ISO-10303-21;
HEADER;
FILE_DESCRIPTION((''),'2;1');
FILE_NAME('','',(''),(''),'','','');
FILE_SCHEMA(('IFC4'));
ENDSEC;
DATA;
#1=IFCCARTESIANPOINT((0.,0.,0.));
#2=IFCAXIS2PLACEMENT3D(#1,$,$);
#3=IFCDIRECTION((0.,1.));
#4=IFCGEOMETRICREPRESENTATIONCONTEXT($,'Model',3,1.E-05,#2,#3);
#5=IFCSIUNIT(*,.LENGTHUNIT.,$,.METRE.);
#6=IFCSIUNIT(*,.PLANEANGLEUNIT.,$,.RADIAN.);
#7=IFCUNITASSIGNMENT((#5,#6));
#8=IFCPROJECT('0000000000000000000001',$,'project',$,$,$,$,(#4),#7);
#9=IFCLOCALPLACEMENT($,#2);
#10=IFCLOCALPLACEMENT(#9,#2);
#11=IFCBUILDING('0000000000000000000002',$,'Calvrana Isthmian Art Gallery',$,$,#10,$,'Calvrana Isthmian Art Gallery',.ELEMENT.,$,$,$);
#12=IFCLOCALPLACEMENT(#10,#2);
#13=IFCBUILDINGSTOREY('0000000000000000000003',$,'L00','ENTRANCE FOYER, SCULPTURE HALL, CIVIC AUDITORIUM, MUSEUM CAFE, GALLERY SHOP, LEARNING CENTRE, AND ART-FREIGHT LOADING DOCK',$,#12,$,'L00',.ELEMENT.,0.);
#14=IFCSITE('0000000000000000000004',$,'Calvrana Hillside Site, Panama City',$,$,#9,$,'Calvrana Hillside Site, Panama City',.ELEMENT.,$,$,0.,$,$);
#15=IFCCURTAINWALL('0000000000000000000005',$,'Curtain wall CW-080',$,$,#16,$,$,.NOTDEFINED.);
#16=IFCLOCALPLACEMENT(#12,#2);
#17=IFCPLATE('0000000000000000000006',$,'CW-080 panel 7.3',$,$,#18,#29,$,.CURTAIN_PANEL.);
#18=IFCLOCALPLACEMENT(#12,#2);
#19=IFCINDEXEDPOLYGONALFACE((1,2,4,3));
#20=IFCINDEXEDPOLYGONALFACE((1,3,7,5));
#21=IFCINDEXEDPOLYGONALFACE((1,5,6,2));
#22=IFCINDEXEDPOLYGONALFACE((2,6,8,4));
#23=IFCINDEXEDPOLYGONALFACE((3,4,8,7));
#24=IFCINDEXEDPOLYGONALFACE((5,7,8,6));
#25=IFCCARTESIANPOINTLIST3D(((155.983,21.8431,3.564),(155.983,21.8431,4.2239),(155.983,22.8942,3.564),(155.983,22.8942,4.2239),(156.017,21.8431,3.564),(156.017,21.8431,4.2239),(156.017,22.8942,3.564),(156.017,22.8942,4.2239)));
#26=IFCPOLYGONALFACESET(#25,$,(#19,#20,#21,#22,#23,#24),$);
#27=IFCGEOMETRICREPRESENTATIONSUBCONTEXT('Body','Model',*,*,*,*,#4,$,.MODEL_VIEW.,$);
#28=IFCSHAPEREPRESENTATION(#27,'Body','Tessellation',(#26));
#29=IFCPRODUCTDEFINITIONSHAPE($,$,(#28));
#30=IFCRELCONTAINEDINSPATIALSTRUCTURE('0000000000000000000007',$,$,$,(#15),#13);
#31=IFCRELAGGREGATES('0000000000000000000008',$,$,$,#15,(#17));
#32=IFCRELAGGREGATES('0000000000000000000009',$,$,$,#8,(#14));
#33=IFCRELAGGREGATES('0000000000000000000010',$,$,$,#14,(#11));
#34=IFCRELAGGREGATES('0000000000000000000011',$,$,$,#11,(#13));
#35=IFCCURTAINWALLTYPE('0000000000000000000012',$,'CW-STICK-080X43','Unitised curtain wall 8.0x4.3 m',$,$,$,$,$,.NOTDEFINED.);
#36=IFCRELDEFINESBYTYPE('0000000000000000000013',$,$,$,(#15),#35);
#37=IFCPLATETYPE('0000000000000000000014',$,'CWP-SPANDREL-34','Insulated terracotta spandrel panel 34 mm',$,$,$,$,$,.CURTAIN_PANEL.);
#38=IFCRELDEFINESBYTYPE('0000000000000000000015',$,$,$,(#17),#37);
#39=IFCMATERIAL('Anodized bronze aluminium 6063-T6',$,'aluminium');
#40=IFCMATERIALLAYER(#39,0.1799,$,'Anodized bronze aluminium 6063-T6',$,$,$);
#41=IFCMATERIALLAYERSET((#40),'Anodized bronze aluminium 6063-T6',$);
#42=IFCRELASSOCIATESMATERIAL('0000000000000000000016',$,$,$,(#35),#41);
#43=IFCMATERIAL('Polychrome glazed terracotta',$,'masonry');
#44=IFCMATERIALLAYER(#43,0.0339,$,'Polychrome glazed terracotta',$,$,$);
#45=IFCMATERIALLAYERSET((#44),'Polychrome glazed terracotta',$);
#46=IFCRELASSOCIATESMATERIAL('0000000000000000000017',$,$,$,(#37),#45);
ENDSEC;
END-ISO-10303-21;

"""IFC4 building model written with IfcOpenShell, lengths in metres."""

from ifc_helpers import new_model, si_unit, direction, frame, origin, origin_2d, place, context, subcontext, project, spatial, rectangle, extrude, material, layer, layer_set, type_object, element, aggregate, save


model = new_model("IFC4")

# Units and contexts
model_context = context("Model", 3, precision=1e-05, world=origin(), true_north=direction((0.0, 1.0)))
body_context = subcontext(model_context, "Body", "Model", "MODEL_VIEW")
ifc_project = project(units=[si_unit("LENGTHUNIT", "METRE"), si_unit("PLANEANGLEUNIT", "RADIAN")], contexts=[model_context])

# Site, building, storey
site_placement = place(None, origin())
site = spatial("IfcSite", under=ifc_project, at=site_placement, Name="Calvrana Hillside Site, Panama City", LongName="Calvrana Hillside Site, Panama City", CompositionType="ELEMENT", RefElevation=0.0)
building_placement = place(site_placement, origin())
building = spatial("IfcBuilding", under=site, at=building_placement, Name="Calvrana Isthmian Art Gallery", LongName="Calvrana Isthmian Art Gallery", CompositionType="ELEMENT")
storey_placement = place(building_placement, origin())
storey = spatial("IfcBuildingStorey", under=building, at=storey_placement, Name="L00", Description="ENTRANCE FOYER, SCULPTURE HALL, CIVIC AUDITORIUM, MUSEUM CAFE, GALLERY SHOP, LEARNING CENTRE, AND ART-FREIGHT LOADING DOCK", LongName="L00", CompositionType="ELEMENT", Elevation=0.0)

# Curtain wall, plate
ifc_material_1 = material(Name="Anodized bronze aluminium 6063-T6", Category="aluminium")
ifc_layer_1 = layer(ifc_material_1, 0.1799, Name="Anodized bronze aluminium 6063-T6")
ifc_layer_set_1 = layer_set([ifc_layer_1], Name="Anodized bronze aluminium 6063-T6")
curtain_wall_type = type_object("IfcCurtainWallType", Name="CW-STICK-080X43", Description="Unitised curtain wall 8.0x4.3 m", PredefinedType="NOTDEFINED", material=ifc_layer_set_1)
curtain_wall_placement = place(storey_placement, origin())
curtain_wall = element("IfcCurtainWall", 1, at=curtain_wall_placement, inside=storey, type_object=curtain_wall_type, Name="Curtain wall CW-080", PredefinedType="NOTDEFINED")
ifc_material_2 = material(Name="Polychrome glazed terracotta", Category="masonry")
ifc_layer_2 = layer(ifc_material_2, 0.0339, Name="Polychrome glazed terracotta")
ifc_layer_set_2 = layer_set([ifc_layer_2], Name="Polychrome glazed terracotta")
plate_type = type_object("IfcPlateType", Name="CWP-SPANDREL-34", Description="Insulated terracotta spandrel panel 34 mm", PredefinedType="CURTAIN_PANEL", material=ifc_layer_set_2)
plate_1_placement = place(storey_placement, frame((156.0, 22.3687, 3.564), z_axis=(0.0, 0.0, 1.0), x_axis=(0.0, -1.0, 0.0)))
plate_1 = element("IfcPlate", 2, at=plate_1_placement, type_object=plate_type, Name="CW-080 panel 7.3", PredefinedType="CURTAIN_PANEL", context=body_context, shape_type="SweptSolid", body=[
    extrude(rectangle(XDim=1.051, YDim=0.0339, at=origin_2d()), origin(), (0.0, 0.0, 1.0), 0.6599),
])
aggregate(curtain_wall, [plate_1])

save(model, "model.ifc")
